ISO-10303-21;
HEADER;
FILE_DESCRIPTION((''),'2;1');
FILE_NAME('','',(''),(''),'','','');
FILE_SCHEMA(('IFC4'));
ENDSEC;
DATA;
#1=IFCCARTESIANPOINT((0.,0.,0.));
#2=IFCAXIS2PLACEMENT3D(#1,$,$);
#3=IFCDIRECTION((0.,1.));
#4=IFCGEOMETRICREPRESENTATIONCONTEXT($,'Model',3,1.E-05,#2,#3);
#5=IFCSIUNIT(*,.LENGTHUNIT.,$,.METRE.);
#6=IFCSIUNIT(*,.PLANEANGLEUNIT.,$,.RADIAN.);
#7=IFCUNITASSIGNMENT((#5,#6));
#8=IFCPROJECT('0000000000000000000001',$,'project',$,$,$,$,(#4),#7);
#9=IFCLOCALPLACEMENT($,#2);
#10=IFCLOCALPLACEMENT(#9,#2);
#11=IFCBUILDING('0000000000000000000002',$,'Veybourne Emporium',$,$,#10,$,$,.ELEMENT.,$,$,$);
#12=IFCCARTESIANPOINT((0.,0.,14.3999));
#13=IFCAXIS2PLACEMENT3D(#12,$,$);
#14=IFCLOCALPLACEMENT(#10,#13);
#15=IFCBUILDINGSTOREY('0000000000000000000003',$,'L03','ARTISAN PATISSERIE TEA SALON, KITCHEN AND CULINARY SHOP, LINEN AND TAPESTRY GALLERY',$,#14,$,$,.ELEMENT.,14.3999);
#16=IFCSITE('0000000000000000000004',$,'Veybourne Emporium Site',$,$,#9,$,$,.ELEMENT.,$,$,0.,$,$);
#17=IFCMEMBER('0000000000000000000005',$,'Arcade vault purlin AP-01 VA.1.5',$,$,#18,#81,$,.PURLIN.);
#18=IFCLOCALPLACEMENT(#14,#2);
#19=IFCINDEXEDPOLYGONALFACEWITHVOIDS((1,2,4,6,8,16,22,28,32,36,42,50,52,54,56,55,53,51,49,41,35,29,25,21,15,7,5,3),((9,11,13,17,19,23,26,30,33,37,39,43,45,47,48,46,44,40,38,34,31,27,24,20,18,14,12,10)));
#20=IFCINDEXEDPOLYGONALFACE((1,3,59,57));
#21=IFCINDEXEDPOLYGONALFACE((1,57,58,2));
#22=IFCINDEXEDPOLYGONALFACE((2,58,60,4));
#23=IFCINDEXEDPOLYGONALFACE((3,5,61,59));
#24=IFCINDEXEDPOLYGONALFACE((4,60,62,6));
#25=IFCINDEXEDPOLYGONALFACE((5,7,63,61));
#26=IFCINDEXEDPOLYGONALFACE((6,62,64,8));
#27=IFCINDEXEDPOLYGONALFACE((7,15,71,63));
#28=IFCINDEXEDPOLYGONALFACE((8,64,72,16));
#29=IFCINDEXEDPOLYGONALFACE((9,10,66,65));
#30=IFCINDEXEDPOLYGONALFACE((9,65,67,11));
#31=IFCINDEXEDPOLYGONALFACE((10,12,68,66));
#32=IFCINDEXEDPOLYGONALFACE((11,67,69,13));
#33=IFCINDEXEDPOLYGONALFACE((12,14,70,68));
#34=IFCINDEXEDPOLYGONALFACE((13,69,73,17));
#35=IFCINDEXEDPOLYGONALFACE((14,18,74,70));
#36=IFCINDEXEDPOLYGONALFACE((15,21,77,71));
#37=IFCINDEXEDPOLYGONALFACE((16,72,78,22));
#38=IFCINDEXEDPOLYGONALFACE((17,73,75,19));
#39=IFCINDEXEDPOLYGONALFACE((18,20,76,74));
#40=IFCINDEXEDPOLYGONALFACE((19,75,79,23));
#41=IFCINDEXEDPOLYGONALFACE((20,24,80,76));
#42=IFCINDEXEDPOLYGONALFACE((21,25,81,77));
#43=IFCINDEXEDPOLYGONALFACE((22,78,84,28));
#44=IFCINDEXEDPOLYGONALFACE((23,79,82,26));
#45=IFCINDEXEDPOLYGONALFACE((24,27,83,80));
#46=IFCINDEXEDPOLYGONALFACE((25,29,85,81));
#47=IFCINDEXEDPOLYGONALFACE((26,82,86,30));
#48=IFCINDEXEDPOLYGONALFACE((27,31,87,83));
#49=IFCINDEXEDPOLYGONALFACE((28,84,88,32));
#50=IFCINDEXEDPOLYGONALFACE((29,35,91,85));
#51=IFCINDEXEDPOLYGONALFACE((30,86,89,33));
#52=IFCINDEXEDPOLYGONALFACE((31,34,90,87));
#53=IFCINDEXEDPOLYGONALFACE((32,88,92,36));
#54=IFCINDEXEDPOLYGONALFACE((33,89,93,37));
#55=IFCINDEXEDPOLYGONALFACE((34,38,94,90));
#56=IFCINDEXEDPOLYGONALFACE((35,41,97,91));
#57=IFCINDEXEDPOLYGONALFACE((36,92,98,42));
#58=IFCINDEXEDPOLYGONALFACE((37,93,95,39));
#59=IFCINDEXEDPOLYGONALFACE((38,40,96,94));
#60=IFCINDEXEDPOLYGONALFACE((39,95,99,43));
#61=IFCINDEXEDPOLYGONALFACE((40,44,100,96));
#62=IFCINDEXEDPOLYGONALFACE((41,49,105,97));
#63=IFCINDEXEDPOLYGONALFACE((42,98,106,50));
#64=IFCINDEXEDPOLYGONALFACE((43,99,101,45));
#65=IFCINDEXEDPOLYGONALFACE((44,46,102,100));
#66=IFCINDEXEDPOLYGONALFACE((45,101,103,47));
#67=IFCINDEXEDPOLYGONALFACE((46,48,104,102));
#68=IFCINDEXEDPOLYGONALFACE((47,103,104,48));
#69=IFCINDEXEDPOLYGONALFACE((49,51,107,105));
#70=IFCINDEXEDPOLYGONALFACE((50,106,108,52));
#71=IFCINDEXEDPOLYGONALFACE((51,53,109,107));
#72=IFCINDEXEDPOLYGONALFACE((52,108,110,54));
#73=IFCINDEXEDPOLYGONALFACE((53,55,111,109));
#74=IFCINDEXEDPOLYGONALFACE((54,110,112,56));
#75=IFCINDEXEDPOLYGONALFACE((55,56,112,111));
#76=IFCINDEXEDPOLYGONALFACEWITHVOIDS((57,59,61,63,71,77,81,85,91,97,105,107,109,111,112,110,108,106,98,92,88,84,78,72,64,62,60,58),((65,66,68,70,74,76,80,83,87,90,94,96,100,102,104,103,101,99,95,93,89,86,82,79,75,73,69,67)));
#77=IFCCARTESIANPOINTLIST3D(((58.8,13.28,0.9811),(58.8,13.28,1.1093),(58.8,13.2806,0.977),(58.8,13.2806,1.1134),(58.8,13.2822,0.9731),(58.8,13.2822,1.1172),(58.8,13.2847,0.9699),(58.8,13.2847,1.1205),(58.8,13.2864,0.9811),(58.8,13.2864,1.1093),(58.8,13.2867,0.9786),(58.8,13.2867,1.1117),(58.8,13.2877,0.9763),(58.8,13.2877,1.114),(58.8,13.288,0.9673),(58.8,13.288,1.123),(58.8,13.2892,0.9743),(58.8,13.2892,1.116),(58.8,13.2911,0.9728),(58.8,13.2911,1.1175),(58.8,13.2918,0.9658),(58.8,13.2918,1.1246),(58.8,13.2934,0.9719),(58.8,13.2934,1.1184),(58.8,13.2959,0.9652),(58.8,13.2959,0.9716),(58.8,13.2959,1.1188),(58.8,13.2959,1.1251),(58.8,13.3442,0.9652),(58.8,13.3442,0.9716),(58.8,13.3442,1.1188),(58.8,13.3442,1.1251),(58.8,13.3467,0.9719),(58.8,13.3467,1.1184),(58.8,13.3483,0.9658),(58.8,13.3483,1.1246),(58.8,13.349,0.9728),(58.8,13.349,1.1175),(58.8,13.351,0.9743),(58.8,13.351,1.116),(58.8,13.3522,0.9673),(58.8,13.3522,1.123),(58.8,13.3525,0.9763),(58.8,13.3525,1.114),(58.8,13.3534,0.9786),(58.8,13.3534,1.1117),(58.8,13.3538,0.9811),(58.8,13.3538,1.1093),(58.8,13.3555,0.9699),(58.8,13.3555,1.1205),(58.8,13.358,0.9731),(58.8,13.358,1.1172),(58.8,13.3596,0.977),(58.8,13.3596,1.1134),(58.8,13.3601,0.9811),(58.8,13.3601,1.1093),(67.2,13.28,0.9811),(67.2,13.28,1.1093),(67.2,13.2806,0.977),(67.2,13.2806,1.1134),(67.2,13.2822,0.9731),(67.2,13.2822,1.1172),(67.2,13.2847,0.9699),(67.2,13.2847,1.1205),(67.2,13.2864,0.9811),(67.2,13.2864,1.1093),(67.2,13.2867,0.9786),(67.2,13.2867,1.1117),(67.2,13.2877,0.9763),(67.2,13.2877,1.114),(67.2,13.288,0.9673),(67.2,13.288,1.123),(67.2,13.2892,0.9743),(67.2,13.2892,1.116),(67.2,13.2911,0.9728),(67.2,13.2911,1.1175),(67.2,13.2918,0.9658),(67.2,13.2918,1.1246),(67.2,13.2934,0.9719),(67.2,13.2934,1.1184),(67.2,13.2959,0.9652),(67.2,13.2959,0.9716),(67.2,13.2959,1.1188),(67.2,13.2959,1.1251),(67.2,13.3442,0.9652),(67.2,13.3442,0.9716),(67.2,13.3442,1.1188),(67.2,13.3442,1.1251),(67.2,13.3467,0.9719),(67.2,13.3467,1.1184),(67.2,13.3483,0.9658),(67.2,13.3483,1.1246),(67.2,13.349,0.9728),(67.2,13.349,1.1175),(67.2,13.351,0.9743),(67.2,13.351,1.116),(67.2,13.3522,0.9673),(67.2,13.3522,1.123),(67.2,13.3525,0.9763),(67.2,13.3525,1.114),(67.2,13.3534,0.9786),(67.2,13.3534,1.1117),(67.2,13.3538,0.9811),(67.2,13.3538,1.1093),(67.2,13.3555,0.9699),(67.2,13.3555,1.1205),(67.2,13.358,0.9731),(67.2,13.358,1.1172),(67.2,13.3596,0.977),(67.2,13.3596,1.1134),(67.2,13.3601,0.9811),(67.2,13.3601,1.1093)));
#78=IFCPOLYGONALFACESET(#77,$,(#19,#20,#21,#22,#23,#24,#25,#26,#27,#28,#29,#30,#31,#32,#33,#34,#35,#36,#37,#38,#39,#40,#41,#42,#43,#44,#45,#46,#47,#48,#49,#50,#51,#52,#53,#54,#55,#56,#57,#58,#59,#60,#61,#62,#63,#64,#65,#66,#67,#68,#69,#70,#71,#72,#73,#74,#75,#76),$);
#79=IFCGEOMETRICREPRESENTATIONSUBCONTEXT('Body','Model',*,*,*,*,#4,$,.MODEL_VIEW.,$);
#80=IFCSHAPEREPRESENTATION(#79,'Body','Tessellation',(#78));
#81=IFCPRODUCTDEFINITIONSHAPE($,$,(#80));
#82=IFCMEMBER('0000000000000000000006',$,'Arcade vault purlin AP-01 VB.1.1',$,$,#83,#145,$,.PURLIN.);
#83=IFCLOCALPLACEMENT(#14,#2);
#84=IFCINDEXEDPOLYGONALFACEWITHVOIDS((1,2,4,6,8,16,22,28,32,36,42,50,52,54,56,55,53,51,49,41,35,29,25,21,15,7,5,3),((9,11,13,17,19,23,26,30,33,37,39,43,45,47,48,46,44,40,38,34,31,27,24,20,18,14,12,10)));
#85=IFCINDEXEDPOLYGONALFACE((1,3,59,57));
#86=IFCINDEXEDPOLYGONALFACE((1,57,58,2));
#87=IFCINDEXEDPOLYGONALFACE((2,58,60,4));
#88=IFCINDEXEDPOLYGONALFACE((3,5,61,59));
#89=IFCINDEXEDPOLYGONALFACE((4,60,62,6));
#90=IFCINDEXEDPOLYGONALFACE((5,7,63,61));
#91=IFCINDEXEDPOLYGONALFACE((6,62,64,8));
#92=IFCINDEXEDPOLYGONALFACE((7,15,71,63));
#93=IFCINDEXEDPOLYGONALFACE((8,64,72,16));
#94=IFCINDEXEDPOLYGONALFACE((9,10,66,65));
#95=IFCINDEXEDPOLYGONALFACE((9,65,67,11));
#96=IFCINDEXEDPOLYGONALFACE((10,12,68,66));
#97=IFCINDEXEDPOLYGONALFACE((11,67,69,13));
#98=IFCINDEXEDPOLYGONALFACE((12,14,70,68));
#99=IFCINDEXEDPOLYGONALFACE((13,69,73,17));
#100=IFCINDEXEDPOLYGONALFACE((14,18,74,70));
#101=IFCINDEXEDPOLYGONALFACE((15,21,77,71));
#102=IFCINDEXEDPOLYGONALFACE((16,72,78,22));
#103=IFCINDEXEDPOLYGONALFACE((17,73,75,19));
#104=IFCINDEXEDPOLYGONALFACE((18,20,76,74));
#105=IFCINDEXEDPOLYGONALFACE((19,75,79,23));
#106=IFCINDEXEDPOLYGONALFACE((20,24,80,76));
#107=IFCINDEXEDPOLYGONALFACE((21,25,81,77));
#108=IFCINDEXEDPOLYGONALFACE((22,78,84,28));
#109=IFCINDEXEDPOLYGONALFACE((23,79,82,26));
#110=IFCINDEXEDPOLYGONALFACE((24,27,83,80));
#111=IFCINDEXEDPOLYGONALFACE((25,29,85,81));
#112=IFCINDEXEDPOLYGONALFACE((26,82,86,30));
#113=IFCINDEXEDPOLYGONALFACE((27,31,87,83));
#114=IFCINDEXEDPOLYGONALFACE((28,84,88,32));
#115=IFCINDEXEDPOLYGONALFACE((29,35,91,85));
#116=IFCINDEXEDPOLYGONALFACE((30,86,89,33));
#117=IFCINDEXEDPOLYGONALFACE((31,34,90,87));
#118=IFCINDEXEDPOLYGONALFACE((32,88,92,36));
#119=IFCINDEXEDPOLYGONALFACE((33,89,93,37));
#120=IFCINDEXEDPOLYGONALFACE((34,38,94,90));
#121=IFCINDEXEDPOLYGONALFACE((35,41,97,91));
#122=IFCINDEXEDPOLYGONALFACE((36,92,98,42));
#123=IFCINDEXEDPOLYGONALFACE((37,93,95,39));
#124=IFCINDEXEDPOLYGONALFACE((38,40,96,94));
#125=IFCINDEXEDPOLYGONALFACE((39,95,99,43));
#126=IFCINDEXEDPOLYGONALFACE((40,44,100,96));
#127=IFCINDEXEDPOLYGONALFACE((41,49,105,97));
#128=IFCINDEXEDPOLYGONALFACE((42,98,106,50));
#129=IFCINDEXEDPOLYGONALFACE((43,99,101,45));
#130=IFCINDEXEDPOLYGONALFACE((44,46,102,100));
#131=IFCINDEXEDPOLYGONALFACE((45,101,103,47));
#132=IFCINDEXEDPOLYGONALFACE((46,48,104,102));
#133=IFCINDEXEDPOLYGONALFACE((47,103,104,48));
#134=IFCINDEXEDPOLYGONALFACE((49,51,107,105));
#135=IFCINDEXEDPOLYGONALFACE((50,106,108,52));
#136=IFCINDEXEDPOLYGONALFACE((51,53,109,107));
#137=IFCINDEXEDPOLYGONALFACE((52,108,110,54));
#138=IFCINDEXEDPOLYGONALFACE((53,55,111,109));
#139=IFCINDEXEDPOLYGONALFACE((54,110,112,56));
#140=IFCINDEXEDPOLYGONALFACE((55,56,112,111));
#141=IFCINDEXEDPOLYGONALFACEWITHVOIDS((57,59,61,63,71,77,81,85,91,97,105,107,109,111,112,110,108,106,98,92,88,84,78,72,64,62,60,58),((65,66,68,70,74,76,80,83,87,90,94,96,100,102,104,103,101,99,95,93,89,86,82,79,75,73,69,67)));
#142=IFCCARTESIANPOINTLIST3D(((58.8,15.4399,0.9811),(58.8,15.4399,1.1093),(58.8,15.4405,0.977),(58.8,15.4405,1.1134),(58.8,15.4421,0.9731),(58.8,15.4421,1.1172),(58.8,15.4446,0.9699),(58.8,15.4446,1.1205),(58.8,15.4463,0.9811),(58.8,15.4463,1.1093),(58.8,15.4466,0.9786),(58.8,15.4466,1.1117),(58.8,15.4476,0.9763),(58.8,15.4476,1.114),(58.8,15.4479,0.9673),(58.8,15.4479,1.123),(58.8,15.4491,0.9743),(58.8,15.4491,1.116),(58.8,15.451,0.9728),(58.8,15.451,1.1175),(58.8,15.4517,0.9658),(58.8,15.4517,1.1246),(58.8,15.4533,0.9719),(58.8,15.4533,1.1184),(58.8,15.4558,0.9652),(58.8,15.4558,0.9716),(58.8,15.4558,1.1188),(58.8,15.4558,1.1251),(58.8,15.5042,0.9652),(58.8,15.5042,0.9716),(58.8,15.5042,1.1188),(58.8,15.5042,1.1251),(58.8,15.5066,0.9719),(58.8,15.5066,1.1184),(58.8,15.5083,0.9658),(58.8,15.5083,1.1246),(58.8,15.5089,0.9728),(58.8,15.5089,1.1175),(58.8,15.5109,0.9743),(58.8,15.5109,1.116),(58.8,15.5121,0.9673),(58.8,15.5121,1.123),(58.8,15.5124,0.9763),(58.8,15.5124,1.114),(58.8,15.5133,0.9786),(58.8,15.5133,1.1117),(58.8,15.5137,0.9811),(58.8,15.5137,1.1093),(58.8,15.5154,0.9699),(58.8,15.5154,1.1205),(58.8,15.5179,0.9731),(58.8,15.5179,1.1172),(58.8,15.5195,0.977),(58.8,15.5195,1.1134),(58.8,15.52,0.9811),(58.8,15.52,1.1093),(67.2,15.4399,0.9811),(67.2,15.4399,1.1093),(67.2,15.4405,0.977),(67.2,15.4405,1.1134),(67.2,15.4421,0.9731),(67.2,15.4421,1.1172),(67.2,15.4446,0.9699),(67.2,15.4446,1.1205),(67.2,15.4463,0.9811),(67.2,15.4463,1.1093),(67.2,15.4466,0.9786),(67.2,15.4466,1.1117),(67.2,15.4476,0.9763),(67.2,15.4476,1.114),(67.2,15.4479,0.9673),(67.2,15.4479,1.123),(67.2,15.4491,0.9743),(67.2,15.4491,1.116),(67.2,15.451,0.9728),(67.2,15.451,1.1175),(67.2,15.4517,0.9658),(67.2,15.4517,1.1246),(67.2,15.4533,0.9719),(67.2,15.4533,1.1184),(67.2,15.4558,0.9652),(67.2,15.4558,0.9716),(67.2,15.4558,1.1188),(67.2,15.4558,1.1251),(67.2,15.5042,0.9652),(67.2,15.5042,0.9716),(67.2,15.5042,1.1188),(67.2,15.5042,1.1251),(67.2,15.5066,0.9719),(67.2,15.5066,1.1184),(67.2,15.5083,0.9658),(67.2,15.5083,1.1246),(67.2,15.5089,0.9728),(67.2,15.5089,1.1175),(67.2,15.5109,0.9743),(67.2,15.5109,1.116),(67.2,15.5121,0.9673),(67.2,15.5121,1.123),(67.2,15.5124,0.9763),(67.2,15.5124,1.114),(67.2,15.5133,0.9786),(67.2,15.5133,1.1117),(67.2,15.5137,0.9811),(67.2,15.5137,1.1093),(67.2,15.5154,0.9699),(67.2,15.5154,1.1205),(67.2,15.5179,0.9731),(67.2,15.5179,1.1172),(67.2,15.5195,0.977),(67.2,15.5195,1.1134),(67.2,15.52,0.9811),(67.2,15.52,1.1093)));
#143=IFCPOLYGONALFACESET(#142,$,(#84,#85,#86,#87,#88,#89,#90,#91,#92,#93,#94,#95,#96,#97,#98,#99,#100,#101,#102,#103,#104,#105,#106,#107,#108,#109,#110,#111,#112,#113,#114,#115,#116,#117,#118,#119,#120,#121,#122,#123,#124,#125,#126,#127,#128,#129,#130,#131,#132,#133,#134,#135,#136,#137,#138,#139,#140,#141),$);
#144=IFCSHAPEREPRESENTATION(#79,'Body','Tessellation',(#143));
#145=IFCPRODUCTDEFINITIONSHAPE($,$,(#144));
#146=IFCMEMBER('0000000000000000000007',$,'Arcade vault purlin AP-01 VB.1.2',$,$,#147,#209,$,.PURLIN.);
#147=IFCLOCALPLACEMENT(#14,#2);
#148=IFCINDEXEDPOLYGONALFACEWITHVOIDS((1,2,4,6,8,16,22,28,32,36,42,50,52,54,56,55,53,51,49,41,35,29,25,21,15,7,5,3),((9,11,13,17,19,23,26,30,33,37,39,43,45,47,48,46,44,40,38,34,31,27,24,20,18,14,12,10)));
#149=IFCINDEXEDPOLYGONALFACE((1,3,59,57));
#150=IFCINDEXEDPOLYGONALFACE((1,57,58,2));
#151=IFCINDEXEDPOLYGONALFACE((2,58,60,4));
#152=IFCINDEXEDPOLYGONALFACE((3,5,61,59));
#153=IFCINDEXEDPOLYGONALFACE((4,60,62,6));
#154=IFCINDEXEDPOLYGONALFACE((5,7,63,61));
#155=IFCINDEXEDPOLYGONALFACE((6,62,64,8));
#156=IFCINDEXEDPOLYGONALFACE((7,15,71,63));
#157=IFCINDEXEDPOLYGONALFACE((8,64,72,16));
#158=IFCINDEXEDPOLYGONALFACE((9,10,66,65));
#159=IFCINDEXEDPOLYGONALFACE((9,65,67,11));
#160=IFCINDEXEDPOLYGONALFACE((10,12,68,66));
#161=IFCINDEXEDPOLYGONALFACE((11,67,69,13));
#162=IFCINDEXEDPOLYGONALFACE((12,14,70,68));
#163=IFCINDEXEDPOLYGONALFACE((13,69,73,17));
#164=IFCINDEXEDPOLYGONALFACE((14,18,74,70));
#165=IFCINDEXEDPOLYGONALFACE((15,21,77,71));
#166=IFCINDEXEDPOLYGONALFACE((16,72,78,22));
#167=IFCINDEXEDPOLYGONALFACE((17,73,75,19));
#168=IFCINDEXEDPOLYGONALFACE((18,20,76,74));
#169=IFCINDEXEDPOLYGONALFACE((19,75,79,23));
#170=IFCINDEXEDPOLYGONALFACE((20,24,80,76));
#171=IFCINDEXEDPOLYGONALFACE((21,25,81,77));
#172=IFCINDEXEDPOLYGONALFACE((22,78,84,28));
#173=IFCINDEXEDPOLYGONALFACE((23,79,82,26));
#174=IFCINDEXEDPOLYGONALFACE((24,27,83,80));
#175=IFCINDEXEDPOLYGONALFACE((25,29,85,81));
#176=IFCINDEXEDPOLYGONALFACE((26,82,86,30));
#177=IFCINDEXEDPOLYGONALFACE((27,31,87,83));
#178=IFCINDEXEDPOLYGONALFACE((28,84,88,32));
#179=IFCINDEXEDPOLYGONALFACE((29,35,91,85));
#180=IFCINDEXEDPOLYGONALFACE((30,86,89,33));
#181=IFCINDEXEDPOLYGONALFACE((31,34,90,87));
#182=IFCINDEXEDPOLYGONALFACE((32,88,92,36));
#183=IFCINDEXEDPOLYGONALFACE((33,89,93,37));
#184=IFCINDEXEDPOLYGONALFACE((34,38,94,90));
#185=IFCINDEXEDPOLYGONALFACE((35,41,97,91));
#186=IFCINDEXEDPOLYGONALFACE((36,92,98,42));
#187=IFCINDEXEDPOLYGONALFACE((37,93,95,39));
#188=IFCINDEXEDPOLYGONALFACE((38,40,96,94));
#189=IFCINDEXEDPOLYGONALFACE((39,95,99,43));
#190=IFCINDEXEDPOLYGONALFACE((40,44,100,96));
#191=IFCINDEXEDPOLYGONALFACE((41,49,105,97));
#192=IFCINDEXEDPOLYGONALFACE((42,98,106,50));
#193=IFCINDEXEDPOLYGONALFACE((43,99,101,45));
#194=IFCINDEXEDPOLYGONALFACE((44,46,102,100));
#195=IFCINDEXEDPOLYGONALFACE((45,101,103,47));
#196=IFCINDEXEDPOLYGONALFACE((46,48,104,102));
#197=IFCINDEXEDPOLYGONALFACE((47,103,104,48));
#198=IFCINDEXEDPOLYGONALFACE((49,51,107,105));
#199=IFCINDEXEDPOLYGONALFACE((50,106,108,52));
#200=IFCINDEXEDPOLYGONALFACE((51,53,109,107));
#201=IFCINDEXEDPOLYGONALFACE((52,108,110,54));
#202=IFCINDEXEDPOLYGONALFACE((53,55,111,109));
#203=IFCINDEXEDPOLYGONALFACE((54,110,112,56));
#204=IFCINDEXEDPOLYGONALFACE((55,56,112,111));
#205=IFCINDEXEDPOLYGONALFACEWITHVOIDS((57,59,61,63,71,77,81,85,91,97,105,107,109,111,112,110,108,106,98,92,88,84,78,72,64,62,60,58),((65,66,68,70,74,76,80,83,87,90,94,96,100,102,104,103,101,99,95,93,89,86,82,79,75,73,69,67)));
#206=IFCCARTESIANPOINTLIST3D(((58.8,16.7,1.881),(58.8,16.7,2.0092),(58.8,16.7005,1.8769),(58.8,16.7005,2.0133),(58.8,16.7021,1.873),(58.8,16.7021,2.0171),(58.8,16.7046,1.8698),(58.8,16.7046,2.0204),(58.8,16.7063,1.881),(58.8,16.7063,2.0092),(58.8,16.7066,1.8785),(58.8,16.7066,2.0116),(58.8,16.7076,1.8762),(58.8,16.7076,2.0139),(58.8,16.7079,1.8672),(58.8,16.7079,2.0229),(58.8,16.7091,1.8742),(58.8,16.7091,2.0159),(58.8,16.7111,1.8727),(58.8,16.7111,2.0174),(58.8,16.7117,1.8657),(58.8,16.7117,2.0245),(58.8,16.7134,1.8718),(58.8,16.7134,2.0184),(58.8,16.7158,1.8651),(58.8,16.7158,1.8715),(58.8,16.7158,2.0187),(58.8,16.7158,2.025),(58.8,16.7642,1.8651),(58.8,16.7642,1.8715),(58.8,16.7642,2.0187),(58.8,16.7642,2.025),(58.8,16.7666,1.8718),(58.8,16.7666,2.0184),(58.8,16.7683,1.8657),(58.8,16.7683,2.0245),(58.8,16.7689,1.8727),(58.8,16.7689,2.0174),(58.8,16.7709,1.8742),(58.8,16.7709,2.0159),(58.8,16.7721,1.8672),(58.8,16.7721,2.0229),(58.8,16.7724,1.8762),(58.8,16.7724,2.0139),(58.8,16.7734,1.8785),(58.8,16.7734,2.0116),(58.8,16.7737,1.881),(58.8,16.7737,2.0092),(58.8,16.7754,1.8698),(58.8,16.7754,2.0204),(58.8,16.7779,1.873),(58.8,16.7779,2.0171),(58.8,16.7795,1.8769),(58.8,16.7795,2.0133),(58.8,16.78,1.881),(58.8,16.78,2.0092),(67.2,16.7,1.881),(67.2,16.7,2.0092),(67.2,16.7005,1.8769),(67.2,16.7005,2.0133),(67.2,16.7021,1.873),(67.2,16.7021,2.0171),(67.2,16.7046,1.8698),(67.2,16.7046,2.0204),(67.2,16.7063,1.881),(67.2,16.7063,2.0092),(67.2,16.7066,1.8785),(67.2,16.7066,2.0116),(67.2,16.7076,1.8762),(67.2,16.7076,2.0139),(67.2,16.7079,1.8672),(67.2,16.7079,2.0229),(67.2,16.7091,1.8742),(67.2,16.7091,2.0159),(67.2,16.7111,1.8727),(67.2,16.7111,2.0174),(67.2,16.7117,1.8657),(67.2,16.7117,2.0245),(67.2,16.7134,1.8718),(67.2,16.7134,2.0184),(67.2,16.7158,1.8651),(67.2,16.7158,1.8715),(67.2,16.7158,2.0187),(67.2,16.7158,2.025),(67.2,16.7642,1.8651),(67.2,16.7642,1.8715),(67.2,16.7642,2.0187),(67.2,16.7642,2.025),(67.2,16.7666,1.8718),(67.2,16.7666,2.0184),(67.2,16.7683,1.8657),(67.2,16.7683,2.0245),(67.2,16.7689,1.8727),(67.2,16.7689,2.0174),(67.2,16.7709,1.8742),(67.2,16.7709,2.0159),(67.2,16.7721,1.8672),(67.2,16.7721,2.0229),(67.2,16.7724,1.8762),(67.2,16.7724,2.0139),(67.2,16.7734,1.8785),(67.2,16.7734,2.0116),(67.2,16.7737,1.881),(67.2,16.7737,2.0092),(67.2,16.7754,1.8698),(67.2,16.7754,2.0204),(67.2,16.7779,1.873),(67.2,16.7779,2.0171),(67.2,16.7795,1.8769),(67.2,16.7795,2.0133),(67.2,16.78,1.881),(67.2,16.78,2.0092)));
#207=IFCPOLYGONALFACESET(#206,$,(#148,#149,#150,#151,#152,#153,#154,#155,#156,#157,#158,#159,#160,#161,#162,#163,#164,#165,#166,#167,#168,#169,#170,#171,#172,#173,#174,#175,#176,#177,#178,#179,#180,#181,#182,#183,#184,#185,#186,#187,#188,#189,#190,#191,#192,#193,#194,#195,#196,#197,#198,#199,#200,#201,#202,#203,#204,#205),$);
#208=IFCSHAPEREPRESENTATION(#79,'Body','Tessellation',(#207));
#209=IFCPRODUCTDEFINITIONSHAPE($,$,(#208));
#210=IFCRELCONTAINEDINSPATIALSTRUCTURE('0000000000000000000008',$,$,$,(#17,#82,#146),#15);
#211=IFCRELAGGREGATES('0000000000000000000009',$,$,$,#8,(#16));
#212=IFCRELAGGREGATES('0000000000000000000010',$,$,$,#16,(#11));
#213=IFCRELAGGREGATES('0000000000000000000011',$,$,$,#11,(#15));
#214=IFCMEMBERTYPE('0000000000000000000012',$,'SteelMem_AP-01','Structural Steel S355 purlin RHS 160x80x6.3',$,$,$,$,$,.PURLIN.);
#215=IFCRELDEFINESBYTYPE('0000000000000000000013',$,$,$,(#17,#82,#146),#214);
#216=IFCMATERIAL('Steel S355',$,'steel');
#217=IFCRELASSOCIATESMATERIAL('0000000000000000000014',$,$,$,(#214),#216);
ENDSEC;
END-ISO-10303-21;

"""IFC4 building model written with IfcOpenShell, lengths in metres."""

from ifc_helpers import new_model, si_unit, direction, frame, origin, origin_2d, place, context, subcontext, project, spatial, hollow_rectangle, extrude, material, material_profile, profile_set, type_object, element, save


model = new_model("IFC4")

# Units and contexts
model_context = context("Model", 3, precision=1e-05, world=origin(), true_north=direction((0.0, 1.0)))
body_context = subcontext(model_context, "Body", "Model", "MODEL_VIEW")
ifc_project = project(units=[si_unit("LENGTHUNIT", "METRE"), si_unit("PLANEANGLEUNIT", "RADIAN")], contexts=[model_context])

# Site, building, storey
site_placement = place(None, origin())
site = spatial("IfcSite", under=ifc_project, at=site_placement, Name="Veybourne Emporium Site", CompositionType="ELEMENT", RefElevation=0.0)
building_placement = place(site_placement, origin())
building = spatial("IfcBuilding", under=site, at=building_placement, Name="Veybourne Emporium", CompositionType="ELEMENT")
storey_placement = place(building_placement, frame((0.0, 0.0, 14.3999)))
storey = spatial("IfcBuildingStorey", under=building, at=storey_placement, Name="L03", Description="ARTISAN PATISSERIE TEA SALON, KITCHEN AND CULINARY SHOP, LINEN AND TAPESTRY GALLERY", CompositionType="ELEMENT", Elevation=14.3999)

# Shared definitions
ifc_material_1 = material(Name="Steel S355", Category="steel")

# Members
ifc_material_profile_1 = material_profile(ifc_material_1, hollow_rectangle(XDim=0.0801, YDim=0.1599, WallThickness=0.0063, InnerFilletRadius=0.0095, OuterFilletRadius=0.0159, at=origin_2d()), Name="RHS 160x80x6.3")
ifc_profile_set_1 = profile_set([ifc_material_profile_1], Name="Steel S355")
member_type_1 = type_object("IfcMemberType", Name="SteelMem_AP-01", Description="Structural Steel S355 purlin RHS 160x80x6.3", PredefinedType="PURLIN", material=ifc_profile_set_1)
for number, where, z_axis, x_axis, name in (
    (1, (58.8, 13.3201, 1.0452), (1.0, 0.0, 0.0), (0.0, 1.0, 0.0), "Arcade vault purlin AP-01 VA.1.5"),
    (2, (58.8, 15.48, 1.0452), (1.0, 0.0, 0.0), (0.0, 1.0, 0.0), "Arcade vault purlin AP-01 VB.1.1"),
    (3, (58.8, 16.74, 1.9451), (1.0, 0.0, 0.0), (0.0, 1.0, 0.0), "Arcade vault purlin AP-01 VB.1.2"),
):
    element("IfcMember", number, at=place(storey_placement, frame(where, z_axis=z_axis, x_axis=x_axis)), inside=storey, type_object=member_type_1, Name=name, PredefinedType="PURLIN", context=body_context, shape_type="SweptSolid", body=[
        extrude(hollow_rectangle(XDim=0.0801, YDim=0.1599, WallThickness=0.0063, InnerFilletRadius=0.0095, OuterFilletRadius=0.0159, at=origin_2d()), origin(), (0.0, 0.0, 1.0), 8.3999),
    ])

save(model, "model.ifc")
